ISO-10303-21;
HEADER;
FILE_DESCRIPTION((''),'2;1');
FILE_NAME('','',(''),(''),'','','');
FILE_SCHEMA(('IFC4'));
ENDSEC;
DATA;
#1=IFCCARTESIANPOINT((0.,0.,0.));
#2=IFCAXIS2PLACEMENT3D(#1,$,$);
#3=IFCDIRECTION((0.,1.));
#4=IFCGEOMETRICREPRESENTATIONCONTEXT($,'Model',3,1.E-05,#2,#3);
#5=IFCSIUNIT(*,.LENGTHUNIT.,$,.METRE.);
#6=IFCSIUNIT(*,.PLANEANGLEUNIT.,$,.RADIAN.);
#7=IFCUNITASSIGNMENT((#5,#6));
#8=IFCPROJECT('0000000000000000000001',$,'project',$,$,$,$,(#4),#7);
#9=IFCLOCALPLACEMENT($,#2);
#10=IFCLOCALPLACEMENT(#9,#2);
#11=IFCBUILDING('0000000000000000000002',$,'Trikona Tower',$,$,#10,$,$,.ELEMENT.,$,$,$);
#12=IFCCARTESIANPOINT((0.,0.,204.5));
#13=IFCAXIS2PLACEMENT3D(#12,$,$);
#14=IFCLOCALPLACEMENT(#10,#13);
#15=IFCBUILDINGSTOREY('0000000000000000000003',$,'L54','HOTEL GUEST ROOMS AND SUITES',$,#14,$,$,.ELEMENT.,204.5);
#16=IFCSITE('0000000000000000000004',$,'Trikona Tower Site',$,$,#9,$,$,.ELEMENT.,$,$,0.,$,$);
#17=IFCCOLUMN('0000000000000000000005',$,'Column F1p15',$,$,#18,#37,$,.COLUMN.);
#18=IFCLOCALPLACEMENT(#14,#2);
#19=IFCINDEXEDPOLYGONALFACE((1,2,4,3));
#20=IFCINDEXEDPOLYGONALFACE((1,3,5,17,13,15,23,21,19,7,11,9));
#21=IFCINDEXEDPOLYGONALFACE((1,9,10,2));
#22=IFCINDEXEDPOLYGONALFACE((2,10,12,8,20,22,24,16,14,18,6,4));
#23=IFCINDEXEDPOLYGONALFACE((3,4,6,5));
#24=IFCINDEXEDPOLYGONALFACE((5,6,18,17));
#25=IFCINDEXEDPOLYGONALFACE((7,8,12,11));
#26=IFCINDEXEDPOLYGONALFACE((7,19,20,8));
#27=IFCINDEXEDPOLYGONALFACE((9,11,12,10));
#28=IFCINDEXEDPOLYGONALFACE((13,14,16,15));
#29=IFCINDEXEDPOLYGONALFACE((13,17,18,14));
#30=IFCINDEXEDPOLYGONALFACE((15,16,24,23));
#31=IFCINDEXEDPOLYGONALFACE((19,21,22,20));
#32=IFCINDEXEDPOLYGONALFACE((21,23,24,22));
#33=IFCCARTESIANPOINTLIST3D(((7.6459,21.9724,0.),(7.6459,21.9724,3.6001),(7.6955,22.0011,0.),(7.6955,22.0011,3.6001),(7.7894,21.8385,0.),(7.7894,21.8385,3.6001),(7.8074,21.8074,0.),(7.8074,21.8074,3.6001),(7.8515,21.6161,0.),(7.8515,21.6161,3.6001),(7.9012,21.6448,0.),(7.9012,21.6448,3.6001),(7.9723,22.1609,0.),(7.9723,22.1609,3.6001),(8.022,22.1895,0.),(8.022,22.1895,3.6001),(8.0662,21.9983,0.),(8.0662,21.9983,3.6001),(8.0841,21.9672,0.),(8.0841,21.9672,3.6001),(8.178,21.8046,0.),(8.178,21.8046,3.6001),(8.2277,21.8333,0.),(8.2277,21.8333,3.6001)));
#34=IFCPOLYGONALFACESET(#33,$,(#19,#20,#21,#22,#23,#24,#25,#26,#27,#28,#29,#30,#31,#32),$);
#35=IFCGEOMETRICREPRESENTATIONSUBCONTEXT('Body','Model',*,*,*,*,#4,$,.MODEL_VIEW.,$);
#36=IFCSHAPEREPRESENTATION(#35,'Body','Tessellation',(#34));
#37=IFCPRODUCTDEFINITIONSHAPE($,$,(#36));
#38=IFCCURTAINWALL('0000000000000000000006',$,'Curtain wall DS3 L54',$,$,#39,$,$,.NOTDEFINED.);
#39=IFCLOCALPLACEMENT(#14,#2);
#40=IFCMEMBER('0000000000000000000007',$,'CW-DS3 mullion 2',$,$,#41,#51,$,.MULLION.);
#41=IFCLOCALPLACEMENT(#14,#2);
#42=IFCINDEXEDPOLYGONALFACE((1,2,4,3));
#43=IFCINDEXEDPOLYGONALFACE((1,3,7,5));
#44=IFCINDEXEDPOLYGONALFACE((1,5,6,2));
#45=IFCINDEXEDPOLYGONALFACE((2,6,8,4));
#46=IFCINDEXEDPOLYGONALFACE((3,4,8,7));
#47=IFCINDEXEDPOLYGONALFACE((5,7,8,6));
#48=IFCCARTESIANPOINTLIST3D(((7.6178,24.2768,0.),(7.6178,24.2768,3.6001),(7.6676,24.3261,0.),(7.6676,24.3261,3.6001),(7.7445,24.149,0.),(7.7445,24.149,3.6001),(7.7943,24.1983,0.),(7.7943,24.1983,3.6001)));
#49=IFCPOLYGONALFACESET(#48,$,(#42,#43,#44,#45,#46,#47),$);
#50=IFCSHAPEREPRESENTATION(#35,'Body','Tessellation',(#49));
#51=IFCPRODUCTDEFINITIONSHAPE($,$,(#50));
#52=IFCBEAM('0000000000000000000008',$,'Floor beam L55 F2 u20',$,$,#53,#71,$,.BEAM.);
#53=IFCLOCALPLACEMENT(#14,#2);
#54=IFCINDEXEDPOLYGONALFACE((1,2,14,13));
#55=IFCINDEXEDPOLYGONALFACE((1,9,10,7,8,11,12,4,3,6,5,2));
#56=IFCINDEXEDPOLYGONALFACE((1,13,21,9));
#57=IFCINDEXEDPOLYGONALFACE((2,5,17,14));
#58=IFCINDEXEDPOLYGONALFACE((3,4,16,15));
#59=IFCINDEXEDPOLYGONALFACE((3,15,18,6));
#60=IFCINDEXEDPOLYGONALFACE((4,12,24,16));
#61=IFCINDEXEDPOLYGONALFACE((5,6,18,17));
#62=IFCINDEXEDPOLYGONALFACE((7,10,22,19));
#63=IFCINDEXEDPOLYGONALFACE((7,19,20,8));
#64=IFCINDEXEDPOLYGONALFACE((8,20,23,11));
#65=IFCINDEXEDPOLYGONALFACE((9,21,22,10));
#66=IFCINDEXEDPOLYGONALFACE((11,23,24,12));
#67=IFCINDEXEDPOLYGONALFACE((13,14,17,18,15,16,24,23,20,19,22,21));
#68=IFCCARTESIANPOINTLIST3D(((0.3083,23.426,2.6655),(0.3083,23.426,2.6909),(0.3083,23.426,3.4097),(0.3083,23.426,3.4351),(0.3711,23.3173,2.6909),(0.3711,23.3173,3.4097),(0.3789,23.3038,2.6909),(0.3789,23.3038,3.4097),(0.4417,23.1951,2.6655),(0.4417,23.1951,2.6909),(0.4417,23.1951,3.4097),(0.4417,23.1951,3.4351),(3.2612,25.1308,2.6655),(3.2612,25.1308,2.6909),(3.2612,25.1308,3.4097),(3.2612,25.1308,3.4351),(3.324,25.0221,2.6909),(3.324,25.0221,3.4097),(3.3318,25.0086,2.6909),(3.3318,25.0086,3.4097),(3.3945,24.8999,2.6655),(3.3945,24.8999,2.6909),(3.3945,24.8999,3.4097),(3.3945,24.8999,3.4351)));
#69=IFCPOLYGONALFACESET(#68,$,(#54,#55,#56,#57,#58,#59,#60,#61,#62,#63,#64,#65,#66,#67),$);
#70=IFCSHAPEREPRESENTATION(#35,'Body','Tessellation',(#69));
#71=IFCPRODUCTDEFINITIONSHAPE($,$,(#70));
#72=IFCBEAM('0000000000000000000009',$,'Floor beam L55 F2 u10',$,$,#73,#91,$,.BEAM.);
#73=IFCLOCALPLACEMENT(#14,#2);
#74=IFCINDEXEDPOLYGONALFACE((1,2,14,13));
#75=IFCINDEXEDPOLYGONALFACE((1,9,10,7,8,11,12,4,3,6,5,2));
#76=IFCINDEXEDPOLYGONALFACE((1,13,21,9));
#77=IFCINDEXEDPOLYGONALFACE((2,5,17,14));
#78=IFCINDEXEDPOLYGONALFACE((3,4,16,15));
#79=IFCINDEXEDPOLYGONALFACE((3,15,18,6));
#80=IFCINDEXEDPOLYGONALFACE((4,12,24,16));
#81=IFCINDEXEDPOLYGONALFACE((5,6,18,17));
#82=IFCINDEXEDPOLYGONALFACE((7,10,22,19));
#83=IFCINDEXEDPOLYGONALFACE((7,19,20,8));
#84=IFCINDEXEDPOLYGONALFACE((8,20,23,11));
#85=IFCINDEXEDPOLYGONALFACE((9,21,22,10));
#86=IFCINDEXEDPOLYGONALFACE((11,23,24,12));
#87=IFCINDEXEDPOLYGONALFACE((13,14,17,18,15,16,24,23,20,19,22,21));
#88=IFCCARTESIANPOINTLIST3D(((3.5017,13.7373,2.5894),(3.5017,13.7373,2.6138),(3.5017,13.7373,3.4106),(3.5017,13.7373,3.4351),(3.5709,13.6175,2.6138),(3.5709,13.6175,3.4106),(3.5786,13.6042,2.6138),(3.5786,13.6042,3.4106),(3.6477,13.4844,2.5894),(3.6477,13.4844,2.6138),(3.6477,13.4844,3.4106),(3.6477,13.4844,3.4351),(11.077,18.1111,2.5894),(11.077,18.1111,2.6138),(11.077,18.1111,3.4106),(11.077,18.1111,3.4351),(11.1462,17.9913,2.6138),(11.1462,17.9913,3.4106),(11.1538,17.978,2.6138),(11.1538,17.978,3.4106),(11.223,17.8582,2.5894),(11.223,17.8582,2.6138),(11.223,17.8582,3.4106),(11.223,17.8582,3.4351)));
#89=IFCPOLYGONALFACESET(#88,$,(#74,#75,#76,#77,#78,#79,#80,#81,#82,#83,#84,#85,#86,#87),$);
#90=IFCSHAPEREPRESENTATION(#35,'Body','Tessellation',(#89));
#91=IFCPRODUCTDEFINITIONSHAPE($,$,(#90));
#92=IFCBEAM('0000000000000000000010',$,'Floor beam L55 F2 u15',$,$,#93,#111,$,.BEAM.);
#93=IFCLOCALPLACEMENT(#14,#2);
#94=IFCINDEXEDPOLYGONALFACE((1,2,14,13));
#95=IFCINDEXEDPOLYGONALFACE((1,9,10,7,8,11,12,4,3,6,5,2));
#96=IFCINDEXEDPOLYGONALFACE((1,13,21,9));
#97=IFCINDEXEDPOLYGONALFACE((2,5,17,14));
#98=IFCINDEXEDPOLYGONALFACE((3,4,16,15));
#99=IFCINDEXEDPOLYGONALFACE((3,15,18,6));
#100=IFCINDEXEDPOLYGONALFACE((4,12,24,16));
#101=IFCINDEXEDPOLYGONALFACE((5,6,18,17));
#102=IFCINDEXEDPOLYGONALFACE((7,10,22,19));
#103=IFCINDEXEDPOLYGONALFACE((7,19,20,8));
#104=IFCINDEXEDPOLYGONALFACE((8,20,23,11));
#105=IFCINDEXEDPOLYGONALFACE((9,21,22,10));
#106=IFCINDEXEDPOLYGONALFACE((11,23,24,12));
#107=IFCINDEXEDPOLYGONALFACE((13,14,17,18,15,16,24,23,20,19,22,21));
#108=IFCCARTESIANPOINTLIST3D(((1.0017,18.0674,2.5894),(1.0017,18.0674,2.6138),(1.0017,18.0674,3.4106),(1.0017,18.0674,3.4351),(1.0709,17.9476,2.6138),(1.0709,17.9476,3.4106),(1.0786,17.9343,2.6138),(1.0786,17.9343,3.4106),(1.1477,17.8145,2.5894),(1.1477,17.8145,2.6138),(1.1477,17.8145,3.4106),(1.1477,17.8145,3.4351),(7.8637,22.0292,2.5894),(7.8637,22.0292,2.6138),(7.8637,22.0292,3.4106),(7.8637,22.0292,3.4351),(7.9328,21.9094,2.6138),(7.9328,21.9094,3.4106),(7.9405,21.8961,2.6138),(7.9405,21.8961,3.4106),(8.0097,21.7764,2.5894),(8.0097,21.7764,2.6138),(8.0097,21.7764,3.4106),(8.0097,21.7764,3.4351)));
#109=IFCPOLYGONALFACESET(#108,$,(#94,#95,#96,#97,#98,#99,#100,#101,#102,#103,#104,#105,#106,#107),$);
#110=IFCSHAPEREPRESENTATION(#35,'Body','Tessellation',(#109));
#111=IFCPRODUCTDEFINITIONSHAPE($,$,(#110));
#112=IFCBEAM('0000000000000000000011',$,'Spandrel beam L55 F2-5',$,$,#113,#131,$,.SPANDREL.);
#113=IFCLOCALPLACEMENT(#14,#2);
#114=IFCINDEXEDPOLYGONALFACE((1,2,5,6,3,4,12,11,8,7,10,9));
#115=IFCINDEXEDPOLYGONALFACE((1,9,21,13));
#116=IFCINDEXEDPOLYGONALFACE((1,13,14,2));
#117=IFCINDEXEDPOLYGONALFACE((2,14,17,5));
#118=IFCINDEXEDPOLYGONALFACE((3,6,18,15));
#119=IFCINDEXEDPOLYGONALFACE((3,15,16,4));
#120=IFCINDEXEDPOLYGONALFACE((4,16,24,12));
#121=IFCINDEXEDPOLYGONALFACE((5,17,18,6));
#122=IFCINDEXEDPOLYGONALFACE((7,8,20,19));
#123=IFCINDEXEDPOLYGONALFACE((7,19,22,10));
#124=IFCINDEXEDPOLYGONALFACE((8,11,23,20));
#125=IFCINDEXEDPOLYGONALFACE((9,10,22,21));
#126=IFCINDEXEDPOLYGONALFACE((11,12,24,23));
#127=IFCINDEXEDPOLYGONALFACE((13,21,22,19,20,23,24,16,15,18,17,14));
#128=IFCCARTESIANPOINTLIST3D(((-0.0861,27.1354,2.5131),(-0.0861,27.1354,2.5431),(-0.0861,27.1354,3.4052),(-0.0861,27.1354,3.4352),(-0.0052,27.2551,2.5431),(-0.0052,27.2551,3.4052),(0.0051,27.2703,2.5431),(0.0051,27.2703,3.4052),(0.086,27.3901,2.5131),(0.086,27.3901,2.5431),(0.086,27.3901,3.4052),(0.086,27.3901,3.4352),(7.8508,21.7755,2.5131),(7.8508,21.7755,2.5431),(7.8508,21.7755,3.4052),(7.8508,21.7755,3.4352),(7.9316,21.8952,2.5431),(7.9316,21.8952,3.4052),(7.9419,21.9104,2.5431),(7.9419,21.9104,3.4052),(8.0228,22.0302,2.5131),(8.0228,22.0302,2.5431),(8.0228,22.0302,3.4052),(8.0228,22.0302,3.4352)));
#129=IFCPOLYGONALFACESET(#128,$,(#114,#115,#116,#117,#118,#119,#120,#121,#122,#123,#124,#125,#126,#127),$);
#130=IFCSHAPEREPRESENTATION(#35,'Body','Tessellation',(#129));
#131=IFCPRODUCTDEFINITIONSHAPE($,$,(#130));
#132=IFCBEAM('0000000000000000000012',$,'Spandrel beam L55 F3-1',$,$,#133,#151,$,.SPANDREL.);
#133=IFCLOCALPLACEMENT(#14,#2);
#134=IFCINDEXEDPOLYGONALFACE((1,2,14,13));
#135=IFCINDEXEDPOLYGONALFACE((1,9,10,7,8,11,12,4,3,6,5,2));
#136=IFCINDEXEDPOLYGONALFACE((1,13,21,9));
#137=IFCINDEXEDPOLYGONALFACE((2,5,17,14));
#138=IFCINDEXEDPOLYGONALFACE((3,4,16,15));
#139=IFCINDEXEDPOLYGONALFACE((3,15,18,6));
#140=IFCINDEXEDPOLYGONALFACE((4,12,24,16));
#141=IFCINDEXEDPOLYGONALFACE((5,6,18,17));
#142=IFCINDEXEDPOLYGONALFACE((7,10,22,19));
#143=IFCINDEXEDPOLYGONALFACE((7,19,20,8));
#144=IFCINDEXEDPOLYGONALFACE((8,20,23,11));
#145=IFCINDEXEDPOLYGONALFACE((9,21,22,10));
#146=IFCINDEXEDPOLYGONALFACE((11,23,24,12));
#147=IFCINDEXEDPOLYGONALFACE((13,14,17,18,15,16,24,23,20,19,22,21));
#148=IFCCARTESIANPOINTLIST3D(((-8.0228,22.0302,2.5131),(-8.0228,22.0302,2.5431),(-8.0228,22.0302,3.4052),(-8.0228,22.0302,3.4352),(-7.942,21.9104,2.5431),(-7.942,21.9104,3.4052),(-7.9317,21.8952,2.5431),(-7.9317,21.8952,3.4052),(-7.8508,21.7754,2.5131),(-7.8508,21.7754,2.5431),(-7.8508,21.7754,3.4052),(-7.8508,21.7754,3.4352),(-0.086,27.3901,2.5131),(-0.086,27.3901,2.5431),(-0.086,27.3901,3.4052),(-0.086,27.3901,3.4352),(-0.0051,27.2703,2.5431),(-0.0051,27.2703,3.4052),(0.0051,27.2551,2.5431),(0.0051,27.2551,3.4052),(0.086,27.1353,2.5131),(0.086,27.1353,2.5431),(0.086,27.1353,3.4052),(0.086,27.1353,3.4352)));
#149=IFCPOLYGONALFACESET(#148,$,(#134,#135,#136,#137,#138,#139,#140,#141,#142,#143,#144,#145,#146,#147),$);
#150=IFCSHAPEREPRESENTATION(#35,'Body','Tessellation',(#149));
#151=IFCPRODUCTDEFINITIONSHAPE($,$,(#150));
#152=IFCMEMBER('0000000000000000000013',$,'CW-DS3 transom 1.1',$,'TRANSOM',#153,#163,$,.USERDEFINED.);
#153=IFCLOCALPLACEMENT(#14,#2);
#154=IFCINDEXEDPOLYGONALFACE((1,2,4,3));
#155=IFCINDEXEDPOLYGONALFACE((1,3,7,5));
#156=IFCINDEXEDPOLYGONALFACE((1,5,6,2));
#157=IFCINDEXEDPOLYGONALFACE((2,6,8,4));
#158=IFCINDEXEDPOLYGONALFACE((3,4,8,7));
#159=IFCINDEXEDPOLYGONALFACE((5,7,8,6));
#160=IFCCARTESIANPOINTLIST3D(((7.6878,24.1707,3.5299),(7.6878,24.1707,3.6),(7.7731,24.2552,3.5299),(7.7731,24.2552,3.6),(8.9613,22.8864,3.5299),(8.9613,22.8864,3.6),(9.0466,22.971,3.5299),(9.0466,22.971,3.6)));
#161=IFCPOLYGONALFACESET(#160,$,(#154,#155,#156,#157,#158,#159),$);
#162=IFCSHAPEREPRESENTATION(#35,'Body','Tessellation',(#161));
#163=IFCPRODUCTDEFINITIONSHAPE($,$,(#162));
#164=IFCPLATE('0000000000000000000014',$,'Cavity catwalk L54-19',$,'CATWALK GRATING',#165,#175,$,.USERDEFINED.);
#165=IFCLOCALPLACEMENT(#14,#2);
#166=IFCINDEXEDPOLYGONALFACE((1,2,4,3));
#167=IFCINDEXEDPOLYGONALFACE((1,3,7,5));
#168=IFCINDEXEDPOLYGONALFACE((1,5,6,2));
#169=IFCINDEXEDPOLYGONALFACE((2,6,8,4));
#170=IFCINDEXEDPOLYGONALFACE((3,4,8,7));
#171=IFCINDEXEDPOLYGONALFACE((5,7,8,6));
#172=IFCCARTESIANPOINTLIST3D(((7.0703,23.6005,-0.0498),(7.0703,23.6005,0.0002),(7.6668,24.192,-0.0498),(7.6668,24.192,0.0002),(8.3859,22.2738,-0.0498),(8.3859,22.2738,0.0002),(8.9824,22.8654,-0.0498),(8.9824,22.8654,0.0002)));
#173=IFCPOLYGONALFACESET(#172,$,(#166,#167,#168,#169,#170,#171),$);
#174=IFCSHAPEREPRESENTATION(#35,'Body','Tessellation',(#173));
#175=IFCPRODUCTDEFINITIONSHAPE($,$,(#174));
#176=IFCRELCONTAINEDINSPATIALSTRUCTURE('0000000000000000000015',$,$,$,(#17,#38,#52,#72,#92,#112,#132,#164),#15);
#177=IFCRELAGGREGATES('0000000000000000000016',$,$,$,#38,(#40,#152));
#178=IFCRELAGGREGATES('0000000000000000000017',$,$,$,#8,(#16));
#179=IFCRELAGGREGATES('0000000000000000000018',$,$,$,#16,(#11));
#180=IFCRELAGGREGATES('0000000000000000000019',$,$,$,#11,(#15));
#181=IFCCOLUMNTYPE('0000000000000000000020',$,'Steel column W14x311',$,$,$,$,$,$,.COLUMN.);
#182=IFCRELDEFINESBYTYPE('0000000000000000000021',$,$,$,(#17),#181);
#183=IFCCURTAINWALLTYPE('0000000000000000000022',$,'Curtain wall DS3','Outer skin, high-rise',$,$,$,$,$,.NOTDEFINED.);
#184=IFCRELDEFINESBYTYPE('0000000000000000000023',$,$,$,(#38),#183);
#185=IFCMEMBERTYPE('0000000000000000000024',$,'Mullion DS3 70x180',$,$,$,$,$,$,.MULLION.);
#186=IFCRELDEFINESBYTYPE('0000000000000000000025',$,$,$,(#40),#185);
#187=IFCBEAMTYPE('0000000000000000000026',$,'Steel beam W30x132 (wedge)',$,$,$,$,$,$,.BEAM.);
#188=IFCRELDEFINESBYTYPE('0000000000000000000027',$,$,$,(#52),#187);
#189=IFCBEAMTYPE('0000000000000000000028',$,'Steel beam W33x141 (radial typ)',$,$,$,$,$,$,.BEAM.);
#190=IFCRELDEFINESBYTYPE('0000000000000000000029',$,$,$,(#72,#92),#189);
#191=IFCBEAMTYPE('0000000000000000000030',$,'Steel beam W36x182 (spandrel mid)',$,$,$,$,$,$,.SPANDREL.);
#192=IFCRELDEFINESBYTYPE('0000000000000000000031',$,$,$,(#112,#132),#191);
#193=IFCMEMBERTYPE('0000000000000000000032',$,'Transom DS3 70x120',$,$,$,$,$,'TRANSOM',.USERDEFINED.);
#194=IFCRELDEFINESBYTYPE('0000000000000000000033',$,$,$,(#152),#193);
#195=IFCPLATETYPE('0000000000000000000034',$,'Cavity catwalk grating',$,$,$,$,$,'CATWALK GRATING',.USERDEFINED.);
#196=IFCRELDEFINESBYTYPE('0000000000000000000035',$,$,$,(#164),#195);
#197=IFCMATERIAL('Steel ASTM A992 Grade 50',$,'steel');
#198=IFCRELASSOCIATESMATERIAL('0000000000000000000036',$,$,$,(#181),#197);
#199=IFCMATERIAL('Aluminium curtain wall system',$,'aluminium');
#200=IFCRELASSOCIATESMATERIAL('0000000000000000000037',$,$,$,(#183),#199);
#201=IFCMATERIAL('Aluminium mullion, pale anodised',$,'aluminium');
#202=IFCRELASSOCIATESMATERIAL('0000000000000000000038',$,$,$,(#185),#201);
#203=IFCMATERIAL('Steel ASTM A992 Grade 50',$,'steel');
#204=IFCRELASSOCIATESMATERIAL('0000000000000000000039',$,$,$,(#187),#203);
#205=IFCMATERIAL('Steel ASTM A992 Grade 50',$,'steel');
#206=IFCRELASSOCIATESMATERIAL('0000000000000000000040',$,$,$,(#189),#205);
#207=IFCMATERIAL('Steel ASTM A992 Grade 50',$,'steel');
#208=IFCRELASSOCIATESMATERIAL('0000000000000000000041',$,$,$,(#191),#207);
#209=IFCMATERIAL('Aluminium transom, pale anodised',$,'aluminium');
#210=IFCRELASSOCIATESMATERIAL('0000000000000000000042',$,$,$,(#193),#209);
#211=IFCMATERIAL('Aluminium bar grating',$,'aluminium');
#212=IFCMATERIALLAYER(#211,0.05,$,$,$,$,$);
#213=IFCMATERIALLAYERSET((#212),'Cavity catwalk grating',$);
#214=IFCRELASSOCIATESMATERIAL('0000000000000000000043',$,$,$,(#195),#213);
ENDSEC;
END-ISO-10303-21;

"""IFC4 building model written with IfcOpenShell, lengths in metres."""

from ifc_helpers import new_model, si_unit, direction, frame, origin, origin_2d, place, context, subcontext, project, spatial, rectangle, i_section, extrude, material, layer, layer_set, material_profile, profile_set, type_object, element, aggregate, save


model = new_model("IFC4")

# Units and contexts
model_context = context("Model", 3, precision=1e-05, world=origin(), true_north=direction((0.0, 1.0)))
body_context = subcontext(model_context, "Body", "Model", "MODEL_VIEW")
ifc_project = project(units=[si_unit("LENGTHUNIT", "METRE"), si_unit("PLANEANGLEUNIT", "RADIAN")], contexts=[model_context])

# Site, building, storey
site_placement = place(None, origin())
site = spatial("IfcSite", under=ifc_project, at=site_placement, Name="Trikona Tower Site", CompositionType="ELEMENT", RefElevation=0.0)
building_placement = place(site_placement, origin())
building = spatial("IfcBuilding", under=site, at=building_placement, Name="Trikona Tower", CompositionType="ELEMENT")
storey_placement = place(building_placement, frame((0.0, 0.0, 204.5)))
storey = spatial("IfcBuildingStorey", under=building, at=storey_placement, Name="L54", Description="HOTEL GUEST ROOMS AND SUITES", CompositionType="ELEMENT", Elevation=204.5)

# Column
ifc_material_1 = material(Name="Steel ASTM A992 Grade 50", Category="steel")
ifc_material_profile_1 = material_profile(ifc_material_1, i_section(OverallWidth=0.4114, OverallDepth=0.4343, WebThickness=0.0359, FlangeThickness=0.0574, at=origin_2d()), Name="W14X311")
ifc_profile_set_1 = profile_set([ifc_material_profile_1], Name="Steel ASTM A992 Grade 50")
column_type = type_object("IfcColumnType", Name="Steel column W14x311", PredefinedType="COLUMN", material=ifc_profile_set_1)
column_placement = place(storey_placement, frame((7.9368, 21.9028, 0.0), z_axis=(0.0, 0.0, 1.0), x_axis=(-0.5, 0.866025, 0.0)))
element("IfcColumn", 1, at=column_placement, inside=storey, type_object=column_type, Name="Column F1p15", PredefinedType="COLUMN", context=body_context, shape_type="SweptSolid", body=[
    extrude(i_section(OverallWidth=0.4114, OverallDepth=0.4343, WebThickness=0.0359, FlangeThickness=0.0574, at=origin_2d()), origin(), (0.0, 0.0, 1.0), 3.6001),
])

# Curtain wall, member
ifc_material_2 = material(Name="Aluminium curtain wall system", Category="aluminium")
curtain_wall_type = type_object("IfcCurtainWallType", Name="Curtain wall DS3", Description="Outer skin, high-rise", PredefinedType="NOTDEFINED", material=ifc_material_2)
curtain_wall_placement = place(storey_placement, origin())
curtain_wall = element("IfcCurtainWall", 2, at=curtain_wall_placement, inside=storey, type_object=curtain_wall_type, Name="Curtain wall DS3 L54", PredefinedType="NOTDEFINED")
ifc_material_3 = material(Name="Aluminium mullion, pale anodised", Category="aluminium")
ifc_material_profile_2 = material_profile(ifc_material_3, rectangle(XDim=0.0701, YDim=0.1799, at=origin_2d()), Name="MUL-DS3")
ifc_profile_set_2 = profile_set([ifc_material_profile_2], Name="Aluminium mullion, pale anodised")
member_type_1 = type_object("IfcMemberType", Name="Mullion DS3 70x180", PredefinedType="MULLION", material=ifc_profile_set_2)
member_1_placement = place(storey_placement, frame((7.7061, 24.2375, 0.0), z_axis=(0.0, 0.0, 1.0), x_axis=(-0.710052, -0.704149, 0.0)))
member_1 = element("IfcMember", 3, at=member_1_placement, type_object=member_type_1, Name="CW-DS3 mullion 2", PredefinedType="MULLION", context=body_context, shape_type="SweptSolid", body=[
    extrude(rectangle(XDim=0.0701, YDim=0.1799, at=origin_2d()), origin(), (0.0, 0.0, 1.0), 3.6001),
])

# Beams
ifc_material_4 = material(Name="Steel ASTM A992 Grade 50", Category="steel")
ifc_material_profile_3 = material_profile(ifc_material_4, i_section(OverallWidth=0.2666, OverallDepth=0.7695, WebThickness=0.0156, FlangeThickness=0.0254, at=origin_2d()), Name="W30X132")
ifc_profile_set_3 = profile_set([ifc_material_profile_3], Name="Steel ASTM A992 Grade 50")
beam_type_1 = type_object("IfcBeamType", Name="Steel beam W30x132 (wedge)", PredefinedType="BEAM", material=ifc_profile_set_3)
beam_1_placement = place(storey_placement, frame((0.375, 23.3105, 3.0503), z_axis=(0.866027, 0.499997, 0.0), x_axis=(-0.499997, 0.866027, 0.0)))
element("IfcBeam", 4, at=beam_1_placement, inside=storey, type_object=beam_type_1, Name="Floor beam L55 F2 u20", PredefinedType="BEAM", context=body_context, shape_type="SweptSolid", body=[
    extrude(i_section(OverallWidth=0.2666, OverallDepth=0.7695, WebThickness=0.0156, FlangeThickness=0.0254, at=origin_2d()), origin(), (0.0, 0.0, 1.0), 3.4097),
])
ifc_material_5 = material(Name="Steel ASTM A992 Grade 50", Category="steel")
ifc_material_profile_4 = material_profile(ifc_material_5, i_section(OverallWidth=0.292, OverallDepth=0.8457, WebThickness=0.0154, FlangeThickness=0.0244, at=origin_2d()), Name="W33X141")
ifc_profile_set_4 = profile_set([ifc_material_profile_4], Name="Steel ASTM A992 Grade 50")
beam_type_2 = type_object("IfcBeamType", Name="Steel beam W33x141 (radial typ)", PredefinedType="BEAM", material=ifc_profile_set_4)
beam_2_placement = place(storey_placement, frame((3.5747, 13.6108, 3.0122), z_axis=(0.866014, 0.50002, 0.0), x_axis=(-0.50002, 0.866014, 0.0)))
element("IfcBeam", 5, at=beam_2_placement, inside=storey, type_object=beam_type_2, Name="Floor beam L55 F2 u10", PredefinedType="BEAM", context=body_context, shape_type="SweptSolid", body=[
    extrude(i_section(OverallWidth=0.292, OverallDepth=0.8457, WebThickness=0.0154, FlangeThickness=0.0244, at=origin_2d()), origin(), (0.0, 0.0, 1.0), 8.7473),
])
beam_3_placement = place(storey_placement, frame((1.0747, 17.9409, 3.0122), z_axis=(0.86602, 0.50001, 0.0), x_axis=(-0.50001, 0.86602, 0.0)))
element("IfcBeam", 6, at=beam_3_placement, inside=storey, type_object=beam_type_2, Name="Floor beam L55 F2 u15", PredefinedType="BEAM", context=body_context, shape_type="SweptSolid", body=[
    extrude(i_section(OverallWidth=0.292, OverallDepth=0.8457, WebThickness=0.0154, FlangeThickness=0.0244, at=origin_2d()), origin(), (0.0, 0.0, 1.0), 7.9236),
])
ifc_material_6 = material(Name="Steel ASTM A992 Grade 50", Category="steel")
ifc_material_profile_5 = material_profile(ifc_material_6, i_section(OverallWidth=0.3074, OverallDepth=0.9221, WebThickness=0.0183, FlangeThickness=0.03, at=origin_2d()), Name="W36X182")
ifc_profile_set_5 = profile_set([ifc_material_profile_5], Name="Steel ASTM A992 Grade 50")
beam_type_3 = type_object("IfcBeamType", Name="Steel beam W36x182 (spandrel mid)", PredefinedType="SPANDREL", material=ifc_profile_set_5)
for number, where, z_axis, x_axis, name in (
    (7, (7.9368, 21.9028, 2.9741), (-0.828725, 0.559655, 0.0), (-0.559655, -0.828725, 0.0), "Spandrel beam L55 F2-5"),
    (8, (0.0, 27.2627, 2.9741), (-0.828725, -0.559655, 0.0), (0.559655, -0.828725, 0.0), "Spandrel beam L55 F3-1"),
):
    element("IfcBeam", number, at=place(storey_placement, frame(where, z_axis=z_axis, x_axis=x_axis)), inside=storey, type_object=beam_type_3, Name=name, PredefinedType="SPANDREL", context=body_context, shape_type="SweptSolid", body=[
        extrude(i_section(OverallWidth=0.3074, OverallDepth=0.9221, WebThickness=0.0183, FlangeThickness=0.03, at=origin_2d()), origin(), (0.0, 0.0, 1.0), 9.5771),
    ])

# Member
ifc_material_7 = material(Name="Aluminium transom, pale anodised", Category="aluminium")
ifc_material_profile_6 = material_profile(ifc_material_7, rectangle(XDim=0.1201, YDim=0.0701, at=origin_2d()), Name="TRN-DS3")
ifc_profile_set_6 = profile_set([ifc_material_profile_6], Name="Aluminium transom, pale anodised")
member_type_2 = type_object("IfcMemberType", Name="Transom DS3 70x120", ElementType="TRANSOM", PredefinedType="USERDEFINED", material=ifc_profile_set_6)
member_2_placement = place(storey_placement, frame((9.0039, 22.9287, 3.5649), z_axis=(-0.704131, 0.71007, 0.0), x_axis=(-0.71007, -0.704131, 0.0)))
member_2 = element("IfcMember", 9, at=member_2_placement, type_object=member_type_2, Name="CW-DS3 transom 1.1", ObjectType="TRANSOM", PredefinedType="USERDEFINED", context=body_context, shape_type="SweptSolid", body=[
    extrude(rectangle(XDim=0.1201, YDim=0.0701, at=origin_2d()), origin(), (0.0, 0.0, 1.0), 1.8086),
])

# Plate
ifc_material_8 = material(Name="Aluminium bar grating", Category="aluminium")
ifc_layer_1 = layer(ifc_material_8, 0.05)
ifc_layer_set_1 = layer_set([ifc_layer_1], Name="Cavity catwalk grating")
plate_type_1 = type_object("IfcPlateType", Name="Cavity catwalk grating", ElementType="CATWALK GRATING", PredefinedType="USERDEFINED", material=ifc_layer_set_1)
plate_1_placement = place(storey_placement, frame((8.0264, 23.2329, -0.0498), z_axis=(0.0, 0.0, 1.0), x_axis=(-0.704151, 0.71005, 0.0)))
element("IfcPlate", 10, at=plate_1_placement, inside=storey, type_object=plate_type_1, Name="Cavity catwalk L54-19", ObjectType="CATWALK GRATING", PredefinedType="USERDEFINED", context=body_context, shape_type="SweptSolid", body=[
    extrude(rectangle(XDim=1.8684, YDim=0.8401, at=origin_2d()), origin(), (0.0, 0.0, 1.0), 0.05),
])
aggregate(curtain_wall, [member_1, member_2])

save(model, "model.ifc")
